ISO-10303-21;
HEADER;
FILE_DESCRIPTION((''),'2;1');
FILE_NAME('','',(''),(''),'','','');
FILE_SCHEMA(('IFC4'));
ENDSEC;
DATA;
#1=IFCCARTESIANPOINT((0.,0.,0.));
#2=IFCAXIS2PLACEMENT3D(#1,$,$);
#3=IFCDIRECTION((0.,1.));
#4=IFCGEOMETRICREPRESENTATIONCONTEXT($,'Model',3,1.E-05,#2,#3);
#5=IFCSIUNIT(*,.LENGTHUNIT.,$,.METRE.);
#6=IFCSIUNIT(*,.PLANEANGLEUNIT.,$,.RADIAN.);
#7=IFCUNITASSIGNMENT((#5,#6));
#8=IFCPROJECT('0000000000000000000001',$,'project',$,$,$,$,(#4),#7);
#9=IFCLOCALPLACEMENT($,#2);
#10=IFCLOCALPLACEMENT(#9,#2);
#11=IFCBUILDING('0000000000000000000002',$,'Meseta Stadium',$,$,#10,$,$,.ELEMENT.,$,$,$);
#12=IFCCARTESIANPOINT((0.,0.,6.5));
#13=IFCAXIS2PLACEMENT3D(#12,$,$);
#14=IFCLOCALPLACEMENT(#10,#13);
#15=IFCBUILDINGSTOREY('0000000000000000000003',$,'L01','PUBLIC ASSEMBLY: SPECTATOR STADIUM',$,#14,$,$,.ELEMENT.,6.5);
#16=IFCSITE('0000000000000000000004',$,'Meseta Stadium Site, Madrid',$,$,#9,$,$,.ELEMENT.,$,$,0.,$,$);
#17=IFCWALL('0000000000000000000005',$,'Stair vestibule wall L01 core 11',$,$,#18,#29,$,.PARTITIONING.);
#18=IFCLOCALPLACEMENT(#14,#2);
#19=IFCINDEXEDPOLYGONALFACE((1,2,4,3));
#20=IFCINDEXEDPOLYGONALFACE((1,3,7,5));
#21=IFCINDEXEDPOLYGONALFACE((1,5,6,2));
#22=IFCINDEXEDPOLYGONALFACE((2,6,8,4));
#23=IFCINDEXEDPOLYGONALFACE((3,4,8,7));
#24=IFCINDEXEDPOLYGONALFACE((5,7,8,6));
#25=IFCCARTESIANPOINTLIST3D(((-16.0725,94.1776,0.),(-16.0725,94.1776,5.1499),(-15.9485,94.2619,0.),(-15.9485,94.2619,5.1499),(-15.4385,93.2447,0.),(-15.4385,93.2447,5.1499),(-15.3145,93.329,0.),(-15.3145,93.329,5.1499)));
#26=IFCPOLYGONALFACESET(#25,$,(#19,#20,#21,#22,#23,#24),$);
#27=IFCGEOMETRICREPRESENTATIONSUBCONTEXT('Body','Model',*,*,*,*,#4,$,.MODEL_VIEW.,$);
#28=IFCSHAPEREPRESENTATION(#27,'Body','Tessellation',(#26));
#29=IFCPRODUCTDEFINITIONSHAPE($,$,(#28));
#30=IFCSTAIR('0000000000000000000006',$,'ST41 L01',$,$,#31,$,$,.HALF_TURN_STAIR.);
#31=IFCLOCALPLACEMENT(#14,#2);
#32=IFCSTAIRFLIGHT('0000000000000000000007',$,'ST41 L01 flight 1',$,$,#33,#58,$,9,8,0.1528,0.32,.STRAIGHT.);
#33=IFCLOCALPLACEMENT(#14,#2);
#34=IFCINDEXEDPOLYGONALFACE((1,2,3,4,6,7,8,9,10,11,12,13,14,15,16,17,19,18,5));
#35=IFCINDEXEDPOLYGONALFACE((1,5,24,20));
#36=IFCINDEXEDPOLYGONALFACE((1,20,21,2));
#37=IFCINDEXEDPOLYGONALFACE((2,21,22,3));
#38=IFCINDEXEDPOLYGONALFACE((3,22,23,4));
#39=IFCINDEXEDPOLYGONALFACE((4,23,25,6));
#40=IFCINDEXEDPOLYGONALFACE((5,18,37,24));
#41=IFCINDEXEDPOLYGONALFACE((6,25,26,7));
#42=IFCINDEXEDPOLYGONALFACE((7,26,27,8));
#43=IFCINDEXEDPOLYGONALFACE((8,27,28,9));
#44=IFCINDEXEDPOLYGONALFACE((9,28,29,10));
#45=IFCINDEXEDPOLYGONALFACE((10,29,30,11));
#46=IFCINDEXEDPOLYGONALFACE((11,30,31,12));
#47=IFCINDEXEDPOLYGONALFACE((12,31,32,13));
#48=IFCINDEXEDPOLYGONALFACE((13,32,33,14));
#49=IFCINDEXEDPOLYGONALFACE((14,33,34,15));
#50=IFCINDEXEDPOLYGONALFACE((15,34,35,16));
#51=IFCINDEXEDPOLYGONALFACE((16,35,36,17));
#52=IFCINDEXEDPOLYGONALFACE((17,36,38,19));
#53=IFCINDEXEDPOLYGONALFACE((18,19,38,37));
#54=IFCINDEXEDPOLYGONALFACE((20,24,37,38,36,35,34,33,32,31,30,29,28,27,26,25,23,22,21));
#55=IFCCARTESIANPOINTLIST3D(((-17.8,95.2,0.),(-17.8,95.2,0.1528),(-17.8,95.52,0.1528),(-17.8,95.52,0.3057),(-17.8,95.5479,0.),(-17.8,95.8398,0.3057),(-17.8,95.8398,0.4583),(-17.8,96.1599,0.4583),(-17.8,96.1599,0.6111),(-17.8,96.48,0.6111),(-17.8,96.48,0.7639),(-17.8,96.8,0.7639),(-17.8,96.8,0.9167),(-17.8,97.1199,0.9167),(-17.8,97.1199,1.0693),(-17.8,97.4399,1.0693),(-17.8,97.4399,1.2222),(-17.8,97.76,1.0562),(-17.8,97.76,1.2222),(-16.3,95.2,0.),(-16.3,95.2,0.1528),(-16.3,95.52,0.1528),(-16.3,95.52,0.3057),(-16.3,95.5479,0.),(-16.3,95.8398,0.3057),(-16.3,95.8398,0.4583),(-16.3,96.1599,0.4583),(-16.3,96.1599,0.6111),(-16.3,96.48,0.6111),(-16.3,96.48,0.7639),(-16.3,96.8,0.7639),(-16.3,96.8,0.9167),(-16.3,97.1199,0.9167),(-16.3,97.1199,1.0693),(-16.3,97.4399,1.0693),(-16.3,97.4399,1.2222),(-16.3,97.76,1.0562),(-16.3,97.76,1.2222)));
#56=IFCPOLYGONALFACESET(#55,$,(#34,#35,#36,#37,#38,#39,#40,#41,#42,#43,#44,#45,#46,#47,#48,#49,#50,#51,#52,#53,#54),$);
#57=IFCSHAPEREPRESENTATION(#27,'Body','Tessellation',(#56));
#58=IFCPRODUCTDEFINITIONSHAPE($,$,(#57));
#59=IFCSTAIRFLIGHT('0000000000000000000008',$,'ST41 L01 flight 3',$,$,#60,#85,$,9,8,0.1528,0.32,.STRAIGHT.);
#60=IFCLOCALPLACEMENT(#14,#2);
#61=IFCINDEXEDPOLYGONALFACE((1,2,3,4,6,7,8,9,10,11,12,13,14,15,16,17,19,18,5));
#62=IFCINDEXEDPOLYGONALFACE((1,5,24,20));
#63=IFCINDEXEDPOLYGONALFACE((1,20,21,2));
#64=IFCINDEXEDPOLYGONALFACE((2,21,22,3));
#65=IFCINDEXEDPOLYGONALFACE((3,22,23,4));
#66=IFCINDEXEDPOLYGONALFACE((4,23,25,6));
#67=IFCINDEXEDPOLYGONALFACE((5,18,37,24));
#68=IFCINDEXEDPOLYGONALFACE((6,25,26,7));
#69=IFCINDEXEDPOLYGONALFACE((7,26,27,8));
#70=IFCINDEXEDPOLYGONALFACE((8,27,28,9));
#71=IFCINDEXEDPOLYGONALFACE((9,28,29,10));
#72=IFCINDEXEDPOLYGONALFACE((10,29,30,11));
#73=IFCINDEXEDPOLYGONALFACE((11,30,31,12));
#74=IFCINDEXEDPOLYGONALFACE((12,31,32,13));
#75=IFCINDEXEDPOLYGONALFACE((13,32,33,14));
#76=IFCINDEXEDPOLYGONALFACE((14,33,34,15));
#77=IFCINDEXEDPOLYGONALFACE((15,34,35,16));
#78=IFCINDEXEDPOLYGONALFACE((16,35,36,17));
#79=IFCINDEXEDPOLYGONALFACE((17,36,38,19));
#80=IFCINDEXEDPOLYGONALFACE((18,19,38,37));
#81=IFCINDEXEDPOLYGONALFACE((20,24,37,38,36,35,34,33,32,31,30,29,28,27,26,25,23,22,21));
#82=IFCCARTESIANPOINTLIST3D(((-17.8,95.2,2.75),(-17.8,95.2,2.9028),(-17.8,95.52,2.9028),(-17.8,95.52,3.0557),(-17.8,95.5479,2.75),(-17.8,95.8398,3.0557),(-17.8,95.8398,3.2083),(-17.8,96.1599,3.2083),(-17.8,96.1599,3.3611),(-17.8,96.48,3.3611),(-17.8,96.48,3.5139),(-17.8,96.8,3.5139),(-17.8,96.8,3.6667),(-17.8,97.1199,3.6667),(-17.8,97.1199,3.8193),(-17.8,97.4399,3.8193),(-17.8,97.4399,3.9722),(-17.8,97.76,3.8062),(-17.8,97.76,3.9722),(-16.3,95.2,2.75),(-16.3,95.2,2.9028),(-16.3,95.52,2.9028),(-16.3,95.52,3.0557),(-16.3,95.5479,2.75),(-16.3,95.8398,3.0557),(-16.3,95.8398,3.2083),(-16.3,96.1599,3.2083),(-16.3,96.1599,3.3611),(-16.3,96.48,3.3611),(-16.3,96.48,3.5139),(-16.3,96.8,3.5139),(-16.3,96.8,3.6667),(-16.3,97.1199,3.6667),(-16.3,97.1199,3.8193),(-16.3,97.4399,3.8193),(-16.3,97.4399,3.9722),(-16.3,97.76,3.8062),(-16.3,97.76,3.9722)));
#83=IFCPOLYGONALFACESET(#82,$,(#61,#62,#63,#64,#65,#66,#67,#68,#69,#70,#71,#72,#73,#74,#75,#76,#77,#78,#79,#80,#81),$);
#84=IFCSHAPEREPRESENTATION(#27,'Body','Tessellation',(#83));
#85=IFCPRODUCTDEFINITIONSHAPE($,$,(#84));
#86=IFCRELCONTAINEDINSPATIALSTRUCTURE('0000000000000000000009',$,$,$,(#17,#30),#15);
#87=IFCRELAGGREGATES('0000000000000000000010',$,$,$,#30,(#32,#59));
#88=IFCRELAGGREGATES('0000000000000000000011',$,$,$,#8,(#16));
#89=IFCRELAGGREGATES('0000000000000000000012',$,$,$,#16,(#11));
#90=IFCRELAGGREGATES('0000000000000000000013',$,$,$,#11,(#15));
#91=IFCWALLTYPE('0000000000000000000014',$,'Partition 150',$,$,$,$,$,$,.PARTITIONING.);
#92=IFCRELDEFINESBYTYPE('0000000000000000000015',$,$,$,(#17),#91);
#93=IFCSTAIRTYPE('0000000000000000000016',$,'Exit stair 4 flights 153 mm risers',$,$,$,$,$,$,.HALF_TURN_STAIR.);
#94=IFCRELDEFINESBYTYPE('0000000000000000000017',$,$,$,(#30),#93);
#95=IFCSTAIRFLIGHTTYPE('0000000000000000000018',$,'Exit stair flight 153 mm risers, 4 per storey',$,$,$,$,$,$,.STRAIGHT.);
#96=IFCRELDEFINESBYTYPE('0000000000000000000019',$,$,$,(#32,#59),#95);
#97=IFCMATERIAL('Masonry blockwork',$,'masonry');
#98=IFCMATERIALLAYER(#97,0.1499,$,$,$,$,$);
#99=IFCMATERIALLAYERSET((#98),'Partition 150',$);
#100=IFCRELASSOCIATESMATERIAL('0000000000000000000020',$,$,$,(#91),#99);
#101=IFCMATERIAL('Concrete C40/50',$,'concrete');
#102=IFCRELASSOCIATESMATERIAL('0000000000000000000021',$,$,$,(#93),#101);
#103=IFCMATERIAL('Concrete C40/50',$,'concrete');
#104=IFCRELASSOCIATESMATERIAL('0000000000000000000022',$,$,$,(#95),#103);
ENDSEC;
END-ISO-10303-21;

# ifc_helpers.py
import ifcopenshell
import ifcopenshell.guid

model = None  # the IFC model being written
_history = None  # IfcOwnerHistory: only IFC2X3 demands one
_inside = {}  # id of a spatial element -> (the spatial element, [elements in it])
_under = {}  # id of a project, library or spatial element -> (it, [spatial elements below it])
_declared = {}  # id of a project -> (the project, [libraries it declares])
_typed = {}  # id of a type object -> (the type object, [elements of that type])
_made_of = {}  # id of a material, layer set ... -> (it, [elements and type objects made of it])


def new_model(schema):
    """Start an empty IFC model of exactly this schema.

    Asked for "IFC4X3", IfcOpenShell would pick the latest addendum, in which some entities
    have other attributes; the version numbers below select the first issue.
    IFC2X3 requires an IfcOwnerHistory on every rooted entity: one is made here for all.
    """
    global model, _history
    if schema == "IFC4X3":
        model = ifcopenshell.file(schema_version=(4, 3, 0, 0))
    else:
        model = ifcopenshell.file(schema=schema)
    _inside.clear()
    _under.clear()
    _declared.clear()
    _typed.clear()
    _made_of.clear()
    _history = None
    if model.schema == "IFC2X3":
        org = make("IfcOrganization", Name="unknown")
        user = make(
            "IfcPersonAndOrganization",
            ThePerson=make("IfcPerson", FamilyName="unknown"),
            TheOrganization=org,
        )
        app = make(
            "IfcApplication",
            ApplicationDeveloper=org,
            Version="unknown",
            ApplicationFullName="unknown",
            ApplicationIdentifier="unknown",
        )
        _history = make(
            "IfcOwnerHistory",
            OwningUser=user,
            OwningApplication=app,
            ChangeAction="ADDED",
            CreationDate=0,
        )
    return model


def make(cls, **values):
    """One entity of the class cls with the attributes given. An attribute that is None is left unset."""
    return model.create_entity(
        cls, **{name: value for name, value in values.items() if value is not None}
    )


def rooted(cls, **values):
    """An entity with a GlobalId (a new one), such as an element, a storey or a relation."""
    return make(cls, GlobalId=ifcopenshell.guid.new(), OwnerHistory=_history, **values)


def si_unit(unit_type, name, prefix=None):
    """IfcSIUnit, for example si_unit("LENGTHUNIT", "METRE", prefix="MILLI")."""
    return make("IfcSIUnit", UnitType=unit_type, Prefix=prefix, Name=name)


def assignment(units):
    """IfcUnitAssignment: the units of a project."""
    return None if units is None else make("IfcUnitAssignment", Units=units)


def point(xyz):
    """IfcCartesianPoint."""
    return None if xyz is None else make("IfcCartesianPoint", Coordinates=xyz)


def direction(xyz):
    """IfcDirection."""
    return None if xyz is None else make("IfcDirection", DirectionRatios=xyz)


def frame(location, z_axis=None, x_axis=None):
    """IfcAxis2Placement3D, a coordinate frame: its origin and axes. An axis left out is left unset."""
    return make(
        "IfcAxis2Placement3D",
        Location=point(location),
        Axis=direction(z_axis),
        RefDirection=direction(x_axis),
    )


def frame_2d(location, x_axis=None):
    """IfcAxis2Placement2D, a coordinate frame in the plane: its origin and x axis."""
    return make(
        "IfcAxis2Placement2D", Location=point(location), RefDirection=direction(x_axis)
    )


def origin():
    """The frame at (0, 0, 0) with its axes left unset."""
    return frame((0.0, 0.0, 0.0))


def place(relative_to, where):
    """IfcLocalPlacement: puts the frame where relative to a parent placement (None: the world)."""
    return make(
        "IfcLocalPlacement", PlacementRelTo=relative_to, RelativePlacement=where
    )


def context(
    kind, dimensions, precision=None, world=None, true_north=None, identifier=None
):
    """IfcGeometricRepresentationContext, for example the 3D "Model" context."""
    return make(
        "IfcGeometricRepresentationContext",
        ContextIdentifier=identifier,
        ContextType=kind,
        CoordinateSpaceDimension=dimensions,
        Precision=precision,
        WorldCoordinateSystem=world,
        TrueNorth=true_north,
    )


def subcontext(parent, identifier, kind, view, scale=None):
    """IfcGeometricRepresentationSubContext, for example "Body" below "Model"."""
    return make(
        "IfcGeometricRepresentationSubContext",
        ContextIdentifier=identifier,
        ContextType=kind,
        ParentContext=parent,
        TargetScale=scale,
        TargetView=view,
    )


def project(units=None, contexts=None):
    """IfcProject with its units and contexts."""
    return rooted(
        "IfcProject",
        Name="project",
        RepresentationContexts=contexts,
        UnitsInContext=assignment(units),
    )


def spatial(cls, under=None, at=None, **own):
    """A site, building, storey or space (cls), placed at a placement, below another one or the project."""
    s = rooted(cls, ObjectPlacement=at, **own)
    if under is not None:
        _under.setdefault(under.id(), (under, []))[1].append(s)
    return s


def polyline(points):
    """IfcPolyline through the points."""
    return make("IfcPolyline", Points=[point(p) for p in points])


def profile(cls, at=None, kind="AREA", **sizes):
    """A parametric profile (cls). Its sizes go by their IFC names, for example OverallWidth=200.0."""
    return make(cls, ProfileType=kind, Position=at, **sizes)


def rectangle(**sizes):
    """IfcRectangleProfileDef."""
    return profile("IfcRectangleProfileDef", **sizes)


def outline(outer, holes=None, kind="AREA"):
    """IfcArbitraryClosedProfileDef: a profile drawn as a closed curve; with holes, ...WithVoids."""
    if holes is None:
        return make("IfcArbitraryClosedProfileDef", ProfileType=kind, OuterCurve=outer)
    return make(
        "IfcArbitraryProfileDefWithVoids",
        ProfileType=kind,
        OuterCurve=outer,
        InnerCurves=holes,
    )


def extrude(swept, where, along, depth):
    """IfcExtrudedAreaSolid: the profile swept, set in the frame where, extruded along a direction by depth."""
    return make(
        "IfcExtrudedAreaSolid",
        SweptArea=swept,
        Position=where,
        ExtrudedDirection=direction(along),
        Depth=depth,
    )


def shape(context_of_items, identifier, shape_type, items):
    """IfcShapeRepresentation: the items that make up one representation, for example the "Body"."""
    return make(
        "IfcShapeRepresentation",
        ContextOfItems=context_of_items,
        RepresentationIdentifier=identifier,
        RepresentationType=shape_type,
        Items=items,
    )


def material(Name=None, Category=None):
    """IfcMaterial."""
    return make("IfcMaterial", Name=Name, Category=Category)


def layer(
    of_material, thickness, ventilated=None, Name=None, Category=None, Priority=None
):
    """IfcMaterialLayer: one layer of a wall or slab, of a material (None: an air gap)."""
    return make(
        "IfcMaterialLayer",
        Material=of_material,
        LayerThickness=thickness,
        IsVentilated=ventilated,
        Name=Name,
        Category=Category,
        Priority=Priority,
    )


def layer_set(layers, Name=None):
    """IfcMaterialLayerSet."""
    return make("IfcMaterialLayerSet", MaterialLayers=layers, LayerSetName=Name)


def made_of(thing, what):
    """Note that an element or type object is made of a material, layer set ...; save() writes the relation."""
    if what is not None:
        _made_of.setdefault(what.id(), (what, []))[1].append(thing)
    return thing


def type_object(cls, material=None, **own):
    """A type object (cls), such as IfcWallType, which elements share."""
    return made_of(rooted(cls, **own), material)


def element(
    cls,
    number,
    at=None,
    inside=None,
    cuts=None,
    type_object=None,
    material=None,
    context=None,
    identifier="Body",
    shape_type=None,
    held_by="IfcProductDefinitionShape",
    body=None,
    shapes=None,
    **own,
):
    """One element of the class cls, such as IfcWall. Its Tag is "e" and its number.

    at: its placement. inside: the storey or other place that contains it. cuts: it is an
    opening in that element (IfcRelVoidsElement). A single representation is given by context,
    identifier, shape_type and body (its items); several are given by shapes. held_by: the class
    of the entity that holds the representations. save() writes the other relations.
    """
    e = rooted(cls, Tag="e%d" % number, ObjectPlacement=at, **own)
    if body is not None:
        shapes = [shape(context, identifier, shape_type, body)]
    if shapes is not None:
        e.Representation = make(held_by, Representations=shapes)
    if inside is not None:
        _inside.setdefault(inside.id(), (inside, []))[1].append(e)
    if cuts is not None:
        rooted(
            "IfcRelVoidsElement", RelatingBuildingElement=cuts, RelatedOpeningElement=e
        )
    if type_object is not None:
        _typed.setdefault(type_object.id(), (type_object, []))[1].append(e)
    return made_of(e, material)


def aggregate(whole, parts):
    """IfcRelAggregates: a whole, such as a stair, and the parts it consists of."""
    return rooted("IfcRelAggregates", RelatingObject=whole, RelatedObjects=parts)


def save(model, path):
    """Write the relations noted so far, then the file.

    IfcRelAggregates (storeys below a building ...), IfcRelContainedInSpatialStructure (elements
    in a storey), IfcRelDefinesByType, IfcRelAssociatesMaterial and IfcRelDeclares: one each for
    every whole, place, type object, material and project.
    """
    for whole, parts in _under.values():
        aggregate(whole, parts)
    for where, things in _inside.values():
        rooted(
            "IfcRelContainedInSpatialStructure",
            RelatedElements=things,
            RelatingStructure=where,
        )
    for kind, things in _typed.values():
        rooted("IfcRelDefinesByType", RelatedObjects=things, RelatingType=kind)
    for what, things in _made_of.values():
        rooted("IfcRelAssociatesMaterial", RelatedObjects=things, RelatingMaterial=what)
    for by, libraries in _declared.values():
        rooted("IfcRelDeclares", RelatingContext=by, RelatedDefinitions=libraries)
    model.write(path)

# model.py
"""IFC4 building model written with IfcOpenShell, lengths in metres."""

from ifc_helpers import new_model, si_unit, direction, frame, frame_2d, origin, place, context, subcontext, project, spatial, polyline, rectangle, outline, extrude, material, layer, layer_set, type_object, element, aggregate, save


model = new_model("IFC4")

# Units and contexts
model_context = context("Model", 3, precision=1e-05, world=origin(), true_north=direction((0.0, 1.0)))
body_context = subcontext(model_context, "Body", "Model", "MODEL_VIEW")
ifc_project = project(units=[si_unit("LENGTHUNIT", "METRE"), si_unit("PLANEANGLEUNIT", "RADIAN")], contexts=[model_context])

# Site, building, storey
site_placement = place(None, origin())
site = spatial("IfcSite", under=ifc_project, at=site_placement, Name="Meseta Stadium Site, Madrid", CompositionType="ELEMENT", RefElevation=0.0)
building_placement = place(site_placement, origin())
building = spatial("IfcBuilding", under=site, at=building_placement, Name="Meseta Stadium", CompositionType="ELEMENT")
storey_placement = place(building_placement, frame((0.0, 0.0, 6.5)))
storey = spatial("IfcBuildingStorey", under=building, at=storey_placement, Name="L01", Description="PUBLIC ASSEMBLY: SPECTATOR STADIUM", CompositionType="ELEMENT", Elevation=6.5)

# Wall
ifc_material_1 = material(Name="Masonry blockwork", Category="masonry")
ifc_layer_1 = layer(ifc_material_1, 0.1499)
ifc_layer_set_1 = layer_set([ifc_layer_1], Name="Partition 150")
wall_type_1 = type_object("IfcWallType", Name="Partition 150", PredefinedType="PARTITIONING", material=ifc_layer_set_1)
wall_1_placement = place(storey_placement, frame((-15.3765, 93.2869, 0.0), z_axis=(0.0, 0.0, 1.0), x_axis=(-0.562121, 0.827055, 0.0)))
element("IfcWall", 1, at=wall_1_placement, inside=storey, type_object=wall_type_1, Name="Stair vestibule wall L01 core 11", PredefinedType="PARTITIONING", context=body_context, shape_type="SweptSolid", body=[
    extrude(rectangle(XDim=1.1279, YDim=0.1499, at=frame_2d((0.564, 0.0))), origin(), (0.0, 0.0, 1.0), 5.1499),
])

# Stair, stair flights
ifc_material_2 = material(Name="Concrete C40/50", Category="concrete")
stair_type = type_object("IfcStairType", Name="Exit stair 4 flights 153 mm risers", PredefinedType="HALF_TURN_STAIR", material=ifc_material_2)
stair_placement = place(storey_placement, origin())
stair = element("IfcStair", 2, at=stair_placement, inside=storey, type_object=stair_type, Name="ST41 L01", PredefinedType="HALF_TURN_STAIR")
ifc_material_3 = material(Name="Concrete C40/50", Category="concrete")
stair_flight_type = type_object("IfcStairFlightType", Name="Exit stair flight 153 mm risers, 4 per storey", PredefinedType="STRAIGHT", material=ifc_material_3)
stair_flight_1_placement = place(storey_placement, frame((-17.05, 95.2, 0.0), z_axis=(0.0, 0.0, 1.0), x_axis=(0.0, 1.0, 0.0)))
stair_flight_1 = element("IfcStairFlight", 3, at=stair_flight_1_placement, type_object=stair_flight_type, Name="ST41 L01 flight 1", NumberOfRisers=9, NumberOfTreads=8, PredefinedType="STRAIGHT", RiserHeight=0.1528, TreadLength=0.32, context=body_context, shape_type="SweptSolid", body=[
    extrude(outline(polyline([(0.0, 0.0), (0.0, 0.1528), (0.3201, 0.1528), (0.3201, 0.3057), (0.6399, 0.3057), (0.6399, 0.4583), (0.96, 0.4583), (0.96, 0.6111), (1.28, 0.6111), (1.28, 0.7639), (1.6001, 0.7639), (1.6001, 0.9167), (1.9199, 0.9167), (1.9199, 1.0693), (2.24, 1.0693), (2.24, 1.2222), (2.5601, 1.2222), (2.5601, 1.0562), (0.3479, 0.0), (0.0, 0.0)])), frame((0.0, 0.75, 0.0), z_axis=(0.0, -1.0, 0.0), x_axis=(1.0, 0.0, 0.0)), (0.0, 0.0, 1.0), 1.5),
])
stair_flight_2_placement = place(storey_placement, frame((-17.05, 95.2, 2.75), z_axis=(0.0, 0.0, 1.0), x_axis=(0.0, 1.0, 0.0)))
stair_flight_2 = element("IfcStairFlight", 4, at=stair_flight_2_placement, type_object=stair_flight_type, Name="ST41 L01 flight 3", NumberOfRisers=9, NumberOfTreads=8, PredefinedType="STRAIGHT", RiserHeight=0.1528, TreadLength=0.32, context=body_context, shape_type="SweptSolid", body=[
    extrude(outline(polyline([(0.0, 0.0), (0.0, 0.1528), (0.3201, 0.1528), (0.3201, 0.3057), (0.6399, 0.3057), (0.6399, 0.4583), (0.96, 0.4583), (0.96, 0.6111), (1.28, 0.6111), (1.28, 0.7639), (1.6001, 0.7639), (1.6001, 0.9167), (1.9199, 0.9167), (1.9199, 1.0693), (2.24, 1.0693), (2.24, 1.2222), (2.5601, 1.2222), (2.5601, 1.0562), (0.3479, 0.0), (0.0, 0.0)])), frame((0.0, 0.75, 0.0), z_axis=(0.0, -1.0, 0.0), x_axis=(1.0, 0.0, 0.0)), (0.0, 0.0, 1.0), 1.5),
])
aggregate(stair, [stair_flight_1, stair_flight_2])

save(model, "model.ifc")
